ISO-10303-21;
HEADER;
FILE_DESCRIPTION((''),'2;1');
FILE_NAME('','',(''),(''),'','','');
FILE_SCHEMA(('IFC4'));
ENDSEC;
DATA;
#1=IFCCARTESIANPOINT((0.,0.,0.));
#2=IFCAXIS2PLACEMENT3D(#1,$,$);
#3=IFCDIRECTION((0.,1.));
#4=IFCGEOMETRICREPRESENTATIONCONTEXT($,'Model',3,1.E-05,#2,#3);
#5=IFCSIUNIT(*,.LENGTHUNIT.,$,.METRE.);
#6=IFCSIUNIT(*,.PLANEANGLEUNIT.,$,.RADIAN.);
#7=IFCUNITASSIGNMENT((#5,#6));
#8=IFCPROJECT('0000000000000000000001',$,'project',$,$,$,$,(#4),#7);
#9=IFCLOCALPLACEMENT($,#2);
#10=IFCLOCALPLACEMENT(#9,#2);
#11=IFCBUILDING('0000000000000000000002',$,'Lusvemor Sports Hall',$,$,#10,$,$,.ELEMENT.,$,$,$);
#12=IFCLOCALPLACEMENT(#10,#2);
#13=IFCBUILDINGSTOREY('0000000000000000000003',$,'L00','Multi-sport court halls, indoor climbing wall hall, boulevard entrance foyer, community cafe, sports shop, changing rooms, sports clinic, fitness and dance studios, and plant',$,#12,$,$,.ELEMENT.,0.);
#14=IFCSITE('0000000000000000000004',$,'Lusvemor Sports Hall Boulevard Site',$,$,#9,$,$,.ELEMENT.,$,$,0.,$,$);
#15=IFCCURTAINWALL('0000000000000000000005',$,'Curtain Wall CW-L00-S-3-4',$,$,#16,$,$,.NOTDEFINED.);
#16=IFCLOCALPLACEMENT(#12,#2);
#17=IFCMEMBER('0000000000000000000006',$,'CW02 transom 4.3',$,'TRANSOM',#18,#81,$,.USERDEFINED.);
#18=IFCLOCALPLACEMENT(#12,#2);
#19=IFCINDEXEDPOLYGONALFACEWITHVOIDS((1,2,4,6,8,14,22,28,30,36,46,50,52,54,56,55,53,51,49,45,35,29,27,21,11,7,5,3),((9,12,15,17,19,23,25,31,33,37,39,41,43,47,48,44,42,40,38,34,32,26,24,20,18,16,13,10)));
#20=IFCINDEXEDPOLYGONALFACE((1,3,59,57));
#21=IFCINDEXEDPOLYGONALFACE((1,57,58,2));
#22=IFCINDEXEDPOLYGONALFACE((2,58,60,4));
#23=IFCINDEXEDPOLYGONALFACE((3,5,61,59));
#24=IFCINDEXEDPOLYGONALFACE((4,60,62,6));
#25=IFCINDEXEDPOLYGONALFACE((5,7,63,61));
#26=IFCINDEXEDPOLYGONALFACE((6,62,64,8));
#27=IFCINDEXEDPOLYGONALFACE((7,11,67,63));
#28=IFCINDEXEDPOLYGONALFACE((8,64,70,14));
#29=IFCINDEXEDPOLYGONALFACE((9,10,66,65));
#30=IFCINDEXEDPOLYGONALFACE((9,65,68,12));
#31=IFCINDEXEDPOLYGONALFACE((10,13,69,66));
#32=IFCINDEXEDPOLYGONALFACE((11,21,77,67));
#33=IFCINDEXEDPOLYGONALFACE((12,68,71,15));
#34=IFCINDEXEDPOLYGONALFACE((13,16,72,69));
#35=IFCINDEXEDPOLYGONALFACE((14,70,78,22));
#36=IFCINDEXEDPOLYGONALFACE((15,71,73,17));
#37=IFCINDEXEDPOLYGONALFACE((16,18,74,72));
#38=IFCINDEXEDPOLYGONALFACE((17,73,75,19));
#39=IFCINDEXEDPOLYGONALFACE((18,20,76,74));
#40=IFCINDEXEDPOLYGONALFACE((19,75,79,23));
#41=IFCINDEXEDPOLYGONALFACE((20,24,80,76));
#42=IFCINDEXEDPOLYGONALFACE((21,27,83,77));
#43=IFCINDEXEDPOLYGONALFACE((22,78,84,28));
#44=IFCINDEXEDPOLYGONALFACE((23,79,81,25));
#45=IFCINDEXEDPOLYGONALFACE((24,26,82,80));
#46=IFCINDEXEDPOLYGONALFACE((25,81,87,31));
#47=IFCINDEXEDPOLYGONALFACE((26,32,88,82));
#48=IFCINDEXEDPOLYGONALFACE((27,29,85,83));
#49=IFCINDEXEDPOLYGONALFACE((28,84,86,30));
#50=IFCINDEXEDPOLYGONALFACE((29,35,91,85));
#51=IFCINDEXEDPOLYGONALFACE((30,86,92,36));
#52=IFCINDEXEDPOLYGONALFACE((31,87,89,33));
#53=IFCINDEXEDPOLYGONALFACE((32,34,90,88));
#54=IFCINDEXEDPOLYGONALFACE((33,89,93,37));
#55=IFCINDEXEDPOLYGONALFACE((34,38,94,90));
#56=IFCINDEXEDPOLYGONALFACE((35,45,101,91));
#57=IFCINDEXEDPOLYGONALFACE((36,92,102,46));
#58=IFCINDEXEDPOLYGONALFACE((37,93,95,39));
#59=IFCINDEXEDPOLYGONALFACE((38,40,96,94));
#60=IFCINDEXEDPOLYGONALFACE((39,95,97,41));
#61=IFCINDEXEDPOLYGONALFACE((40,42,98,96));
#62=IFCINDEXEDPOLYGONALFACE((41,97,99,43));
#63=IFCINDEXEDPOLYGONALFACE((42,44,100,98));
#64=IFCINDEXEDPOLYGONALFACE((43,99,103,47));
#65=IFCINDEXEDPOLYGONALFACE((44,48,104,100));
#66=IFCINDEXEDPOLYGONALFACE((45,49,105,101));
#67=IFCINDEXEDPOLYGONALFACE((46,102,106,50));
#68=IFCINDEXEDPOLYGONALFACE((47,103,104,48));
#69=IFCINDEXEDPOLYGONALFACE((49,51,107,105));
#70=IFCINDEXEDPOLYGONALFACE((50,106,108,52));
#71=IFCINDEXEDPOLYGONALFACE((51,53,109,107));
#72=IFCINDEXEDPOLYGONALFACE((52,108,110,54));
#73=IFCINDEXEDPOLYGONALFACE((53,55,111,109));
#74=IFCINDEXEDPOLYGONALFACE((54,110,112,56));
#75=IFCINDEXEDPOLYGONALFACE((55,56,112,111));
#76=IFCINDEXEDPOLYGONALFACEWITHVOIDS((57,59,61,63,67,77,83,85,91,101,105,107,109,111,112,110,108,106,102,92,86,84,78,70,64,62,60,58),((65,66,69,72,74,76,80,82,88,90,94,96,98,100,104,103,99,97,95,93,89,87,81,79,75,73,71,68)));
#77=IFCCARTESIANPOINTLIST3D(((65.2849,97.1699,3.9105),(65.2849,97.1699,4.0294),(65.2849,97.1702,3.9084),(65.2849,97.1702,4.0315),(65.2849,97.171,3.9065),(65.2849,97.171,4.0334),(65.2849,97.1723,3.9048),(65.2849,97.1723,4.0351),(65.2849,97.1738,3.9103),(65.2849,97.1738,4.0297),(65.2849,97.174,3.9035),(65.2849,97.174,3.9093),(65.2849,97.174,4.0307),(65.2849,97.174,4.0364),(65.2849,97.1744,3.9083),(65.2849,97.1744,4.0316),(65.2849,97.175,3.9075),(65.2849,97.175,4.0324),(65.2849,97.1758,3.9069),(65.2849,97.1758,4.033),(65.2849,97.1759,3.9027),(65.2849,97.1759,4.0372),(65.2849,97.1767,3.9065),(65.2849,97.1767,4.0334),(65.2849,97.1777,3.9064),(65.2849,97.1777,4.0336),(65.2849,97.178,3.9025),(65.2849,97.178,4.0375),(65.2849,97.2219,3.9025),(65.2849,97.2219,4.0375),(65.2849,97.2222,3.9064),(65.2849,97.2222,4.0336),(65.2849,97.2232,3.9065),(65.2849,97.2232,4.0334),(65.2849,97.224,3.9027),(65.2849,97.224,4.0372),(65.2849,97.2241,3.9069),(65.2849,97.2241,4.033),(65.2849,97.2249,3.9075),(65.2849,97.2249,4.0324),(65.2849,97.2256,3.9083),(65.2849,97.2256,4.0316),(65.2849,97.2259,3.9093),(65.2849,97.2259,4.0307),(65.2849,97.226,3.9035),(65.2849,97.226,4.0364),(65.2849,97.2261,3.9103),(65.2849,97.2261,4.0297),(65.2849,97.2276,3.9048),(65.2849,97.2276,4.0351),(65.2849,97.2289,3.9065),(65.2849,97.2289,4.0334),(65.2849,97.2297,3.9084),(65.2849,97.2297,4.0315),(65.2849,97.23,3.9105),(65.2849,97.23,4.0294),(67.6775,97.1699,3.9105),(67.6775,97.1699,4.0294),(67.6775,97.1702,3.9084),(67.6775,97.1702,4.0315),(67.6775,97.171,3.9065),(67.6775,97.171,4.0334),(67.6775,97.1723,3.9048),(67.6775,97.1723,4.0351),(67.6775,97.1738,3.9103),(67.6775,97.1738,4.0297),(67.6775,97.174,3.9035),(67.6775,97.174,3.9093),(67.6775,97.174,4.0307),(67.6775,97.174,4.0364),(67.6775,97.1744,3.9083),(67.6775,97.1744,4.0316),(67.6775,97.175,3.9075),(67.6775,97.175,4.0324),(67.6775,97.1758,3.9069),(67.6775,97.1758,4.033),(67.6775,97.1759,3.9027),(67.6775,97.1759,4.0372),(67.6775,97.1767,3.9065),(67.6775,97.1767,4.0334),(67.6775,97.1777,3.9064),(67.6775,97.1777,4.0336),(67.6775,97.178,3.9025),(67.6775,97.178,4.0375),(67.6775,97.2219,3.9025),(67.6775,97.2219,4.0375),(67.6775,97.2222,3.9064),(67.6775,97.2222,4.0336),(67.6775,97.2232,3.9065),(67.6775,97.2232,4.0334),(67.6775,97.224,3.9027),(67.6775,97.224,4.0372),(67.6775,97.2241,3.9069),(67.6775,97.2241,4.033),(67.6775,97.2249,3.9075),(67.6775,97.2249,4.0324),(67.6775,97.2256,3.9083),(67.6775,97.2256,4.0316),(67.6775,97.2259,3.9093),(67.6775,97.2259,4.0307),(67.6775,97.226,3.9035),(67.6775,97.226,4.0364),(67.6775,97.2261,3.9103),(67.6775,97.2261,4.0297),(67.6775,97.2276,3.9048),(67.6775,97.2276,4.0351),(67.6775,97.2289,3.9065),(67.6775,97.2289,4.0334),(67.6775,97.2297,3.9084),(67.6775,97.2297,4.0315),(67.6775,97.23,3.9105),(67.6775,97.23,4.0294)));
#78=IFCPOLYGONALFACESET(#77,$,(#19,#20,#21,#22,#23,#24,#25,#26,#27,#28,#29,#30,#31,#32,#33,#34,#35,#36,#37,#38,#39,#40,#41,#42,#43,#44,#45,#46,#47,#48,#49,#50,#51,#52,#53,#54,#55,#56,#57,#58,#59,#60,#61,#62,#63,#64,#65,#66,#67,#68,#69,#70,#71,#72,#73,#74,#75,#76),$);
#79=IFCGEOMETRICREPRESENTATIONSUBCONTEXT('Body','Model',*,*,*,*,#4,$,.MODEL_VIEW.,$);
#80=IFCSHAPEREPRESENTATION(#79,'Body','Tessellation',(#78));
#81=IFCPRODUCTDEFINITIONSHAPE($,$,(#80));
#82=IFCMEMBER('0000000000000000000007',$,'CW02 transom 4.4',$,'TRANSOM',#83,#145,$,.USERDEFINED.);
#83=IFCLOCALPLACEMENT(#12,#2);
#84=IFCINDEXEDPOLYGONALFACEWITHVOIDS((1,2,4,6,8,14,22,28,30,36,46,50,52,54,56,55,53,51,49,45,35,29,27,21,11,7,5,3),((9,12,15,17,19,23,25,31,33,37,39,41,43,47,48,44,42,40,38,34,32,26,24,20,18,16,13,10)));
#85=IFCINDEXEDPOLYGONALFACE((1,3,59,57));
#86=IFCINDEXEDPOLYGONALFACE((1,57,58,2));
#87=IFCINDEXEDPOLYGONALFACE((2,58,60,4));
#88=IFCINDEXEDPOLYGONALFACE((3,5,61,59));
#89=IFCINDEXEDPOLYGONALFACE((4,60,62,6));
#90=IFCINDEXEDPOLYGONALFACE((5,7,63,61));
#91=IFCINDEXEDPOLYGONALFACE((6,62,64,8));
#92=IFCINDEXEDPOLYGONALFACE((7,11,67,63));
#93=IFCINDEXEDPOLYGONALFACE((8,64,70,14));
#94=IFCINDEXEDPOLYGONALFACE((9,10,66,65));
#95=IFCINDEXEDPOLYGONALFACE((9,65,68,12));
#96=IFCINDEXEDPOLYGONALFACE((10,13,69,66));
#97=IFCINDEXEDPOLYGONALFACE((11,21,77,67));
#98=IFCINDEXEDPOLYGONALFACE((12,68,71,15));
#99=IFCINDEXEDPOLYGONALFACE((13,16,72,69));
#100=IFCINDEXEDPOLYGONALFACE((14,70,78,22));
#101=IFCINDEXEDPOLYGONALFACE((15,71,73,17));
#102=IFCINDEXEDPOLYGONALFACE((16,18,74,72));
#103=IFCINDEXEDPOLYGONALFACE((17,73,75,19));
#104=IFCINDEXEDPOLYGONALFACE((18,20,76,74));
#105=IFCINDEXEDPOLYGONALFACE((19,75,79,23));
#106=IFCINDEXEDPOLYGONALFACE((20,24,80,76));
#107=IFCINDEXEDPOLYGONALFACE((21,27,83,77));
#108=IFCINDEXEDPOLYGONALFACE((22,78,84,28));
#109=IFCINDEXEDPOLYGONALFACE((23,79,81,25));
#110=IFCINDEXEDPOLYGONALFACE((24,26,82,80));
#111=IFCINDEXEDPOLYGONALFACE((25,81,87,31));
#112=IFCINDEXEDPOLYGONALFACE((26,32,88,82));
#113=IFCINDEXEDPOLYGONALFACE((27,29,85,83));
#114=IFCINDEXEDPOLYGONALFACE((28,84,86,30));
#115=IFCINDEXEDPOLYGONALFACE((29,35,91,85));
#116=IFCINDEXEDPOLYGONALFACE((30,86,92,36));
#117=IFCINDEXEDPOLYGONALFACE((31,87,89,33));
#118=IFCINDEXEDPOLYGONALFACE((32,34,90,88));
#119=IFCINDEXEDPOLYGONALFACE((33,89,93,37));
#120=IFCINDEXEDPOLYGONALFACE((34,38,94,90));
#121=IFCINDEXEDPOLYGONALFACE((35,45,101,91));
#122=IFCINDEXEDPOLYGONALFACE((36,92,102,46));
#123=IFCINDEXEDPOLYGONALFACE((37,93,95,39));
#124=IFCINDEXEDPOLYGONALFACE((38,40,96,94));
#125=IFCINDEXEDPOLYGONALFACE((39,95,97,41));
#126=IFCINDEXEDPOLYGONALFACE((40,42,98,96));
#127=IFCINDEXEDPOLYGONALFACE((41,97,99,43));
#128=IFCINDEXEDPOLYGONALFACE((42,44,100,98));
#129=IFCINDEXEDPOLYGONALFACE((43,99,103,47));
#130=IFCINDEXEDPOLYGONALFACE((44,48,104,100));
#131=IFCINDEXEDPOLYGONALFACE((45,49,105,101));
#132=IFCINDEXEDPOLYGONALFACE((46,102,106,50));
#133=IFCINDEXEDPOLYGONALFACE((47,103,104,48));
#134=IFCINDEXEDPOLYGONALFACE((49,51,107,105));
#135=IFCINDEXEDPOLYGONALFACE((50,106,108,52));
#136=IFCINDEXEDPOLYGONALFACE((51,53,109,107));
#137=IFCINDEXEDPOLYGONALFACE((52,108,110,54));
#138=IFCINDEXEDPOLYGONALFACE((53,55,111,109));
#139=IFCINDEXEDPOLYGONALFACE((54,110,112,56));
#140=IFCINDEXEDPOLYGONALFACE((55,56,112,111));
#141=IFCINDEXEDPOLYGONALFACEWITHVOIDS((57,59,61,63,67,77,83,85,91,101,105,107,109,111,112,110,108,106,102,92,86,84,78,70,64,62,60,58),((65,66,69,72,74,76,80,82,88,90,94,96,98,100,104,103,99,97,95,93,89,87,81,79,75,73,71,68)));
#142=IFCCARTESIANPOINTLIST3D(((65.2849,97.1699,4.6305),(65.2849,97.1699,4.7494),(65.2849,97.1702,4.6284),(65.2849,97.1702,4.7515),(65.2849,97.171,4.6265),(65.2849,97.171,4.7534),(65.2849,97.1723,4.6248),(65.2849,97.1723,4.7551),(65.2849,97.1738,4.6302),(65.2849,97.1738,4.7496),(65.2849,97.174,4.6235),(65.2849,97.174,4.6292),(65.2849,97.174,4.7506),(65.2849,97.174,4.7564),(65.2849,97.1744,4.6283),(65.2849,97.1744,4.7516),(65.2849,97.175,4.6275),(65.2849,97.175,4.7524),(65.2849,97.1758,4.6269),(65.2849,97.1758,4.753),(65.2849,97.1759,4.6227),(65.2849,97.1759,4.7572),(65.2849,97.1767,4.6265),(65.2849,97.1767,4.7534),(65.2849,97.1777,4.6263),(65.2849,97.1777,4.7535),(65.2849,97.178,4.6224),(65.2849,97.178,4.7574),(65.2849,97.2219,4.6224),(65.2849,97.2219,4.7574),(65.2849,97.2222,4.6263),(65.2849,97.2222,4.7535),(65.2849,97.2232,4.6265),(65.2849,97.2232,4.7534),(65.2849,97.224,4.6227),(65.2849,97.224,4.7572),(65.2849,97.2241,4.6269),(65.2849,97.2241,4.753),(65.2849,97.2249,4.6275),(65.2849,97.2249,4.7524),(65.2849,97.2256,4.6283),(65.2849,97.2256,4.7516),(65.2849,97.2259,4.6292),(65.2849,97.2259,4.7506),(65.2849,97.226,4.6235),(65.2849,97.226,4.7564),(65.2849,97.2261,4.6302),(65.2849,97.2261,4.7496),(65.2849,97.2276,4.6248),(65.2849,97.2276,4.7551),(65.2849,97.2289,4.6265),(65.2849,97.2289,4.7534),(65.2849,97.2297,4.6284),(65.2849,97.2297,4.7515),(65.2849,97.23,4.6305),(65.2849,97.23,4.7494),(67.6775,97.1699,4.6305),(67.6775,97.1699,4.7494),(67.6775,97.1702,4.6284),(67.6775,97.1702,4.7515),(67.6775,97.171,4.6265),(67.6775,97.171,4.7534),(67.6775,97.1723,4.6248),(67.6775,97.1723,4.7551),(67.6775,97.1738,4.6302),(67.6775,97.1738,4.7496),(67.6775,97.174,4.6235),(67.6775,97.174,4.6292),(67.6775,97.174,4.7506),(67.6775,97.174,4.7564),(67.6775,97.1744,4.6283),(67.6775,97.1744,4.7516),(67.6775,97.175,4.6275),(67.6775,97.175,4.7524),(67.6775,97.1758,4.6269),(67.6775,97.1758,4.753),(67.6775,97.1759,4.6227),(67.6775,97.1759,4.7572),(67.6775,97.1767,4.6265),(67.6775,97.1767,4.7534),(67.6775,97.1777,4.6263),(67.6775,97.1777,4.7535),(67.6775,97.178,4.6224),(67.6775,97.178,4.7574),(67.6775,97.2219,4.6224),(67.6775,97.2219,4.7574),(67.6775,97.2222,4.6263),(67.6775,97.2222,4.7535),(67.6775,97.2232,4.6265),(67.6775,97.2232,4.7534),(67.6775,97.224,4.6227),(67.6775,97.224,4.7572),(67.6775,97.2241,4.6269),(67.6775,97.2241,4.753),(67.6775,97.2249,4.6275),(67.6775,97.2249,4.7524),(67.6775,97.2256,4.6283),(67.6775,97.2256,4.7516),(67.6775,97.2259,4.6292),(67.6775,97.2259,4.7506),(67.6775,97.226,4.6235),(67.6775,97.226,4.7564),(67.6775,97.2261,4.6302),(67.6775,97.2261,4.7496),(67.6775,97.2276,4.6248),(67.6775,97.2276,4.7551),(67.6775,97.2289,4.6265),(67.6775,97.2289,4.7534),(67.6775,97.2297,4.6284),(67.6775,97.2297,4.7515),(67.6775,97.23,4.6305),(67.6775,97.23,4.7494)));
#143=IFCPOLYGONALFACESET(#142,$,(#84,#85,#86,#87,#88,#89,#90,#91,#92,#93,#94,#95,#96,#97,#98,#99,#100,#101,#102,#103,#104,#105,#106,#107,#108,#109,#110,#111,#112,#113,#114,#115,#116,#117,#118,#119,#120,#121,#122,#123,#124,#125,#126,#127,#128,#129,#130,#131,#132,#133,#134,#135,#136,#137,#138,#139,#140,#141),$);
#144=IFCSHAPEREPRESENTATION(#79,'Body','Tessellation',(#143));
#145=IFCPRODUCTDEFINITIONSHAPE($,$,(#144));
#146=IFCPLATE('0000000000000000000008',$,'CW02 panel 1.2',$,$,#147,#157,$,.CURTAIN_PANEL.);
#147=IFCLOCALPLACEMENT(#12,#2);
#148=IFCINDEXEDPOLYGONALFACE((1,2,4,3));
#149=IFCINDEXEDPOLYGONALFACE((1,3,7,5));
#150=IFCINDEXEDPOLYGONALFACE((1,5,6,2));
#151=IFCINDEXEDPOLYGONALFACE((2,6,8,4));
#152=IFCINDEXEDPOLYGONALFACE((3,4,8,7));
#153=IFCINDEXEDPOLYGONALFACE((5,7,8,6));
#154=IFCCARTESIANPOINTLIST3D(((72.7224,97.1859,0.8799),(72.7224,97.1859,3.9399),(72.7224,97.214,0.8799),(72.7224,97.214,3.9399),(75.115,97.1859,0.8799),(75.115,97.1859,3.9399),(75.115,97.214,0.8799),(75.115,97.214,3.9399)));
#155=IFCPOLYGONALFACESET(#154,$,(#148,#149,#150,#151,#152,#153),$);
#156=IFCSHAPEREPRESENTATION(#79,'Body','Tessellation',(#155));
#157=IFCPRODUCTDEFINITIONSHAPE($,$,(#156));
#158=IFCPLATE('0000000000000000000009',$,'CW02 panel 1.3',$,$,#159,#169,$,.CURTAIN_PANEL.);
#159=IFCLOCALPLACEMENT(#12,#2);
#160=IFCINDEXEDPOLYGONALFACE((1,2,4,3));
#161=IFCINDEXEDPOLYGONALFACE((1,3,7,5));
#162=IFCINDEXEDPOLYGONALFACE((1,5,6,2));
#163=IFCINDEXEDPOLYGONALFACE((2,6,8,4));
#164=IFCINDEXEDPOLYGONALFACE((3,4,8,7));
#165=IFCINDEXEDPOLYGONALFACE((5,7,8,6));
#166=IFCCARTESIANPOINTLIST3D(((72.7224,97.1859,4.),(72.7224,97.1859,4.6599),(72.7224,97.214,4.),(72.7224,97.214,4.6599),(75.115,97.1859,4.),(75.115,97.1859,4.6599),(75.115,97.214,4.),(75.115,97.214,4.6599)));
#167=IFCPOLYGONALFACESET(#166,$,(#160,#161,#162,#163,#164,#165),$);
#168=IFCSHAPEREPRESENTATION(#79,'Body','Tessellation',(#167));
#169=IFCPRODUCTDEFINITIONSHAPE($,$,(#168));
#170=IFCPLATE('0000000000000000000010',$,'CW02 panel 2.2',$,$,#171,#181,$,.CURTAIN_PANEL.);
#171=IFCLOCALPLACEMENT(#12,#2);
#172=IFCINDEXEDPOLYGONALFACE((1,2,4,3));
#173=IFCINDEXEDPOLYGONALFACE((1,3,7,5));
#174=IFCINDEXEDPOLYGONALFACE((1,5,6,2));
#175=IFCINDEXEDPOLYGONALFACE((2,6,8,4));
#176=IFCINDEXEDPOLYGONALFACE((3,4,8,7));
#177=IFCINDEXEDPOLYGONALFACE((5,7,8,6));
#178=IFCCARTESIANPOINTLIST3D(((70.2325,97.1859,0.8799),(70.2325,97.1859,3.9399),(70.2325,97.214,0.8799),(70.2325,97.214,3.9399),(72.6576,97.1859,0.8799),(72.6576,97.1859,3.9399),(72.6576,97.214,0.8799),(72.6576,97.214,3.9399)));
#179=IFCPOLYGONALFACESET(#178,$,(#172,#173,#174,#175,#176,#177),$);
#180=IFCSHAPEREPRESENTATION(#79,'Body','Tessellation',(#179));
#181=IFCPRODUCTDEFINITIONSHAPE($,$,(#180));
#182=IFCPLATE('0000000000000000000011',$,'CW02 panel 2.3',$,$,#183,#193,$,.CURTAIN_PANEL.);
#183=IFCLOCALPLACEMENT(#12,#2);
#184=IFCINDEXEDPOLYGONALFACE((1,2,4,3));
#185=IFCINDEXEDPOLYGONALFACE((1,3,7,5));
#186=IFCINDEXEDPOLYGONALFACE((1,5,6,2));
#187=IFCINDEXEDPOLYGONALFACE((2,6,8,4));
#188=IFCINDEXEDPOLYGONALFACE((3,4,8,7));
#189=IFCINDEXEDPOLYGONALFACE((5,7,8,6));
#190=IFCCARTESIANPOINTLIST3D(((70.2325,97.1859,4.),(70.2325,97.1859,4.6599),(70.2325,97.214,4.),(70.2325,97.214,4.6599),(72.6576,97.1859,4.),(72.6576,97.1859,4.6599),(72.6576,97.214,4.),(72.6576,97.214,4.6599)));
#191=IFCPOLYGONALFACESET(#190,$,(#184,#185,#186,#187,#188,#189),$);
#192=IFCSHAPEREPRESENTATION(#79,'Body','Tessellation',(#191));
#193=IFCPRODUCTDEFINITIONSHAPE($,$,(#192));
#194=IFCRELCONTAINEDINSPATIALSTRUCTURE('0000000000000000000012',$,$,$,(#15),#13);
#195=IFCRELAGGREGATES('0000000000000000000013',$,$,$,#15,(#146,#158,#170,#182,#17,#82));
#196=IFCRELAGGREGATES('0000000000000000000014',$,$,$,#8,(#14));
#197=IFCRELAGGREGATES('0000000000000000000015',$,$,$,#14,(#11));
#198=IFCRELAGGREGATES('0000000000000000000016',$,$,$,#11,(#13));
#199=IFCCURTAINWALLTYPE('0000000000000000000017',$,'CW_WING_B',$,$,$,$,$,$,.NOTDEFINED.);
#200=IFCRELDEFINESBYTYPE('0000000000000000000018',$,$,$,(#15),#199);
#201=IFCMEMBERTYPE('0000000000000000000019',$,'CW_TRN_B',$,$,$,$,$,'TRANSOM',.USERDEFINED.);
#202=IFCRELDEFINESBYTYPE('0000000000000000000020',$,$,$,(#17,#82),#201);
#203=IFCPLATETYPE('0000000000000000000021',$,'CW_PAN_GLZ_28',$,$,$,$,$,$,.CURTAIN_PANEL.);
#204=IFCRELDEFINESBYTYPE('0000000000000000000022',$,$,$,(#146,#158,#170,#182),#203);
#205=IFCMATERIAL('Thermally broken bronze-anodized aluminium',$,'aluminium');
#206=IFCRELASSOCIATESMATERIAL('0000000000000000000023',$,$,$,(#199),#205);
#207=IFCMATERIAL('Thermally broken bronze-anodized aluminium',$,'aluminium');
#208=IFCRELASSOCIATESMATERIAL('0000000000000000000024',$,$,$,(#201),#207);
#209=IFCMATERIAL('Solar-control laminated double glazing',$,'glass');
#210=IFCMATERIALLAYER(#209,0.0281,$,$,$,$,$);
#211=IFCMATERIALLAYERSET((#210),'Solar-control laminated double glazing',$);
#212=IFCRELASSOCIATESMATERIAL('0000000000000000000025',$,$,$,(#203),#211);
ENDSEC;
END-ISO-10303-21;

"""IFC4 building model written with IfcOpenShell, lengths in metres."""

from ifc_helpers import new_model, si_unit, direction, frame, origin, origin_2d, place, context, subcontext, project, spatial, rectangle, hollow_rectangle, extrude, material, layer, layer_set, material_profile, profile_set, type_object, element, aggregate, save


model = new_model("IFC4")

# Units and contexts
model_context = context("Model", 3, precision=1e-05, world=origin(), true_north=direction((0.0, 1.0)))
body_context = subcontext(model_context, "Body", "Model", "MODEL_VIEW")
ifc_project = project(units=[si_unit("LENGTHUNIT", "METRE"), si_unit("PLANEANGLEUNIT", "RADIAN")], contexts=[model_context])

# Site, building, storey
site_placement = place(None, origin())
site = spatial("IfcSite", under=ifc_project, at=site_placement, Name="Lusvemor Sports Hall Boulevard Site", CompositionType="ELEMENT", RefElevation=0.0)
building_placement = place(site_placement, origin())
building = spatial("IfcBuilding", under=site, at=building_placement, Name="Lusvemor Sports Hall", CompositionType="ELEMENT")
storey_placement = place(building_placement, origin())
storey = spatial("IfcBuildingStorey", under=building, at=storey_placement, Name="L00", Description="Multi-sport court halls, indoor climbing wall hall, boulevard entrance foyer, community cafe, sports shop, changing rooms, sports clinic, fitness and dance studios, and plant", CompositionType="ELEMENT", Elevation=0.0)

# Curtain wall, members, plates
ifc_material_1 = material(Name="Thermally broken bronze-anodized aluminium", Category="aluminium")
curtain_wall_type = type_object("IfcCurtainWallType", Name="CW_WING_B", PredefinedType="NOTDEFINED", material=ifc_material_1)
curtain_wall_placement = place(storey_placement, origin())
curtain_wall = element("IfcCurtainWall", 1, at=curtain_wall_placement, inside=storey, type_object=curtain_wall_type, Name="Curtain Wall CW-L00-S-3-4", PredefinedType="NOTDEFINED")
ifc_material_2 = material(Name="Thermally broken bronze-anodized aluminium", Category="aluminium")
ifc_material_profile_1 = material_profile(ifc_material_2, hollow_rectangle(XDim=0.0601, YDim=0.135, WallThickness=0.0039, InnerFilletRadius=0.0039, OuterFilletRadius=0.0081, at=origin_2d()), Name="CWTRN135x60x4")
ifc_profile_set_1 = profile_set([ifc_material_profile_1], Name="Thermally broken bronze-anodized aluminium")
member_type_1 = type_object("IfcMemberType", Name="CW_TRN_B", ElementType="TRANSOM", PredefinedType="USERDEFINED", material=ifc_profile_set_1)
member_1_placement = place(storey_placement, frame((67.6775, 97.2, 3.97), z_axis=(-1.0, 0.0, 0.0), x_axis=(0.0, -1.0, 0.0)))
member_1 = element("IfcMember", 2, at=member_1_placement, type_object=member_type_1, Name="CW02 transom 4.3", ObjectType="TRANSOM", PredefinedType="USERDEFINED", context=body_context, shape_type="SweptSolid", body=[
    extrude(hollow_rectangle(XDim=0.0601, YDim=0.135, WallThickness=0.0039, InnerFilletRadius=0.0039, OuterFilletRadius=0.0081, at=origin_2d()), origin(), (0.0, 0.0, 1.0), 2.3926),
])
member_2_placement = place(storey_placement, frame((67.6775, 97.2, 4.6899), z_axis=(-1.0, 0.0, 0.0), x_axis=(0.0, -1.0, 0.0)))
member_2 = element("IfcMember", 3, at=member_2_placement, type_object=member_type_1, Name="CW02 transom 4.4", ObjectType="TRANSOM", PredefinedType="USERDEFINED", context=body_context, shape_type="SweptSolid", body=[
    extrude(hollow_rectangle(XDim=0.0601, YDim=0.135, WallThickness=0.0039, InnerFilletRadius=0.0039, OuterFilletRadius=0.0081, at=origin_2d()), origin(), (0.0, 0.0, 1.0), 2.3926),
])
ifc_material_3 = material(Name="Solar-control laminated double glazing", Category="glass")
ifc_layer_1 = layer(ifc_material_3, 0.0281)
ifc_layer_set_1 = layer_set([ifc_layer_1], Name="Solar-control laminated double glazing")
plate_type_1 = type_object("IfcPlateType", Name="CW_PAN_GLZ_28", PredefinedType="CURTAIN_PANEL", material=ifc_layer_set_1)
plate_1_placement = place(storey_placement, frame((73.9187, 97.2, 0.8799), z_axis=(0.0, 0.0, 1.0), x_axis=(-1.0, 0.0, 0.0)))
plate_1 = element("IfcPlate", 4, at=plate_1_placement, type_object=plate_type_1, Name="CW02 panel 1.2", PredefinedType="CURTAIN_PANEL", context=body_context, shape_type="SweptSolid", body=[
    extrude(rectangle(XDim=2.3926, YDim=0.0281, at=origin_2d()), origin(), (0.0, 0.0, 1.0), 3.0601),
])
plate_2_placement = place(storey_placement, frame((73.9187, 97.2, 4.0), z_axis=(0.0, 0.0, 1.0), x_axis=(-1.0, 0.0, 0.0)))
plate_2 = element("IfcPlate", 5, at=plate_2_placement, type_object=plate_type_1, Name="CW02 panel 1.3", PredefinedType="CURTAIN_PANEL", context=body_context, shape_type="SweptSolid", body=[
    extrude(rectangle(XDim=2.3926, YDim=0.0281, at=origin_2d()), origin(), (0.0, 0.0, 1.0), 0.6599),
])
plate_3_placement = place(storey_placement, frame((71.4451, 97.2, 0.8799), z_axis=(0.0, 0.0, 1.0), x_axis=(-1.0, 0.0, 0.0)))
plate_3 = element("IfcPlate", 6, at=plate_3_placement, type_object=plate_type_1, Name="CW02 panel 2.2", PredefinedType="CURTAIN_PANEL", context=body_context, shape_type="SweptSolid", body=[
    extrude(rectangle(XDim=2.425, YDim=0.0281, at=origin_2d()), origin(), (0.0, 0.0, 1.0), 3.0601),
])
plate_4_placement = place(storey_placement, frame((71.4451, 97.2, 4.0), z_axis=(0.0, 0.0, 1.0), x_axis=(-1.0, 0.0, 0.0)))
plate_4 = element("IfcPlate", 7, at=plate_4_placement, type_object=plate_type_1, Name="CW02 panel 2.3", PredefinedType="CURTAIN_PANEL", context=body_context, shape_type="SweptSolid", body=[
    extrude(rectangle(XDim=2.425, YDim=0.0281, at=origin_2d()), origin(), (0.0, 0.0, 1.0), 0.6599),
])
aggregate(curtain_wall, [plate_1, plate_2, plate_3, plate_4, member_1, member_2])

save(model, "model.ifc")
